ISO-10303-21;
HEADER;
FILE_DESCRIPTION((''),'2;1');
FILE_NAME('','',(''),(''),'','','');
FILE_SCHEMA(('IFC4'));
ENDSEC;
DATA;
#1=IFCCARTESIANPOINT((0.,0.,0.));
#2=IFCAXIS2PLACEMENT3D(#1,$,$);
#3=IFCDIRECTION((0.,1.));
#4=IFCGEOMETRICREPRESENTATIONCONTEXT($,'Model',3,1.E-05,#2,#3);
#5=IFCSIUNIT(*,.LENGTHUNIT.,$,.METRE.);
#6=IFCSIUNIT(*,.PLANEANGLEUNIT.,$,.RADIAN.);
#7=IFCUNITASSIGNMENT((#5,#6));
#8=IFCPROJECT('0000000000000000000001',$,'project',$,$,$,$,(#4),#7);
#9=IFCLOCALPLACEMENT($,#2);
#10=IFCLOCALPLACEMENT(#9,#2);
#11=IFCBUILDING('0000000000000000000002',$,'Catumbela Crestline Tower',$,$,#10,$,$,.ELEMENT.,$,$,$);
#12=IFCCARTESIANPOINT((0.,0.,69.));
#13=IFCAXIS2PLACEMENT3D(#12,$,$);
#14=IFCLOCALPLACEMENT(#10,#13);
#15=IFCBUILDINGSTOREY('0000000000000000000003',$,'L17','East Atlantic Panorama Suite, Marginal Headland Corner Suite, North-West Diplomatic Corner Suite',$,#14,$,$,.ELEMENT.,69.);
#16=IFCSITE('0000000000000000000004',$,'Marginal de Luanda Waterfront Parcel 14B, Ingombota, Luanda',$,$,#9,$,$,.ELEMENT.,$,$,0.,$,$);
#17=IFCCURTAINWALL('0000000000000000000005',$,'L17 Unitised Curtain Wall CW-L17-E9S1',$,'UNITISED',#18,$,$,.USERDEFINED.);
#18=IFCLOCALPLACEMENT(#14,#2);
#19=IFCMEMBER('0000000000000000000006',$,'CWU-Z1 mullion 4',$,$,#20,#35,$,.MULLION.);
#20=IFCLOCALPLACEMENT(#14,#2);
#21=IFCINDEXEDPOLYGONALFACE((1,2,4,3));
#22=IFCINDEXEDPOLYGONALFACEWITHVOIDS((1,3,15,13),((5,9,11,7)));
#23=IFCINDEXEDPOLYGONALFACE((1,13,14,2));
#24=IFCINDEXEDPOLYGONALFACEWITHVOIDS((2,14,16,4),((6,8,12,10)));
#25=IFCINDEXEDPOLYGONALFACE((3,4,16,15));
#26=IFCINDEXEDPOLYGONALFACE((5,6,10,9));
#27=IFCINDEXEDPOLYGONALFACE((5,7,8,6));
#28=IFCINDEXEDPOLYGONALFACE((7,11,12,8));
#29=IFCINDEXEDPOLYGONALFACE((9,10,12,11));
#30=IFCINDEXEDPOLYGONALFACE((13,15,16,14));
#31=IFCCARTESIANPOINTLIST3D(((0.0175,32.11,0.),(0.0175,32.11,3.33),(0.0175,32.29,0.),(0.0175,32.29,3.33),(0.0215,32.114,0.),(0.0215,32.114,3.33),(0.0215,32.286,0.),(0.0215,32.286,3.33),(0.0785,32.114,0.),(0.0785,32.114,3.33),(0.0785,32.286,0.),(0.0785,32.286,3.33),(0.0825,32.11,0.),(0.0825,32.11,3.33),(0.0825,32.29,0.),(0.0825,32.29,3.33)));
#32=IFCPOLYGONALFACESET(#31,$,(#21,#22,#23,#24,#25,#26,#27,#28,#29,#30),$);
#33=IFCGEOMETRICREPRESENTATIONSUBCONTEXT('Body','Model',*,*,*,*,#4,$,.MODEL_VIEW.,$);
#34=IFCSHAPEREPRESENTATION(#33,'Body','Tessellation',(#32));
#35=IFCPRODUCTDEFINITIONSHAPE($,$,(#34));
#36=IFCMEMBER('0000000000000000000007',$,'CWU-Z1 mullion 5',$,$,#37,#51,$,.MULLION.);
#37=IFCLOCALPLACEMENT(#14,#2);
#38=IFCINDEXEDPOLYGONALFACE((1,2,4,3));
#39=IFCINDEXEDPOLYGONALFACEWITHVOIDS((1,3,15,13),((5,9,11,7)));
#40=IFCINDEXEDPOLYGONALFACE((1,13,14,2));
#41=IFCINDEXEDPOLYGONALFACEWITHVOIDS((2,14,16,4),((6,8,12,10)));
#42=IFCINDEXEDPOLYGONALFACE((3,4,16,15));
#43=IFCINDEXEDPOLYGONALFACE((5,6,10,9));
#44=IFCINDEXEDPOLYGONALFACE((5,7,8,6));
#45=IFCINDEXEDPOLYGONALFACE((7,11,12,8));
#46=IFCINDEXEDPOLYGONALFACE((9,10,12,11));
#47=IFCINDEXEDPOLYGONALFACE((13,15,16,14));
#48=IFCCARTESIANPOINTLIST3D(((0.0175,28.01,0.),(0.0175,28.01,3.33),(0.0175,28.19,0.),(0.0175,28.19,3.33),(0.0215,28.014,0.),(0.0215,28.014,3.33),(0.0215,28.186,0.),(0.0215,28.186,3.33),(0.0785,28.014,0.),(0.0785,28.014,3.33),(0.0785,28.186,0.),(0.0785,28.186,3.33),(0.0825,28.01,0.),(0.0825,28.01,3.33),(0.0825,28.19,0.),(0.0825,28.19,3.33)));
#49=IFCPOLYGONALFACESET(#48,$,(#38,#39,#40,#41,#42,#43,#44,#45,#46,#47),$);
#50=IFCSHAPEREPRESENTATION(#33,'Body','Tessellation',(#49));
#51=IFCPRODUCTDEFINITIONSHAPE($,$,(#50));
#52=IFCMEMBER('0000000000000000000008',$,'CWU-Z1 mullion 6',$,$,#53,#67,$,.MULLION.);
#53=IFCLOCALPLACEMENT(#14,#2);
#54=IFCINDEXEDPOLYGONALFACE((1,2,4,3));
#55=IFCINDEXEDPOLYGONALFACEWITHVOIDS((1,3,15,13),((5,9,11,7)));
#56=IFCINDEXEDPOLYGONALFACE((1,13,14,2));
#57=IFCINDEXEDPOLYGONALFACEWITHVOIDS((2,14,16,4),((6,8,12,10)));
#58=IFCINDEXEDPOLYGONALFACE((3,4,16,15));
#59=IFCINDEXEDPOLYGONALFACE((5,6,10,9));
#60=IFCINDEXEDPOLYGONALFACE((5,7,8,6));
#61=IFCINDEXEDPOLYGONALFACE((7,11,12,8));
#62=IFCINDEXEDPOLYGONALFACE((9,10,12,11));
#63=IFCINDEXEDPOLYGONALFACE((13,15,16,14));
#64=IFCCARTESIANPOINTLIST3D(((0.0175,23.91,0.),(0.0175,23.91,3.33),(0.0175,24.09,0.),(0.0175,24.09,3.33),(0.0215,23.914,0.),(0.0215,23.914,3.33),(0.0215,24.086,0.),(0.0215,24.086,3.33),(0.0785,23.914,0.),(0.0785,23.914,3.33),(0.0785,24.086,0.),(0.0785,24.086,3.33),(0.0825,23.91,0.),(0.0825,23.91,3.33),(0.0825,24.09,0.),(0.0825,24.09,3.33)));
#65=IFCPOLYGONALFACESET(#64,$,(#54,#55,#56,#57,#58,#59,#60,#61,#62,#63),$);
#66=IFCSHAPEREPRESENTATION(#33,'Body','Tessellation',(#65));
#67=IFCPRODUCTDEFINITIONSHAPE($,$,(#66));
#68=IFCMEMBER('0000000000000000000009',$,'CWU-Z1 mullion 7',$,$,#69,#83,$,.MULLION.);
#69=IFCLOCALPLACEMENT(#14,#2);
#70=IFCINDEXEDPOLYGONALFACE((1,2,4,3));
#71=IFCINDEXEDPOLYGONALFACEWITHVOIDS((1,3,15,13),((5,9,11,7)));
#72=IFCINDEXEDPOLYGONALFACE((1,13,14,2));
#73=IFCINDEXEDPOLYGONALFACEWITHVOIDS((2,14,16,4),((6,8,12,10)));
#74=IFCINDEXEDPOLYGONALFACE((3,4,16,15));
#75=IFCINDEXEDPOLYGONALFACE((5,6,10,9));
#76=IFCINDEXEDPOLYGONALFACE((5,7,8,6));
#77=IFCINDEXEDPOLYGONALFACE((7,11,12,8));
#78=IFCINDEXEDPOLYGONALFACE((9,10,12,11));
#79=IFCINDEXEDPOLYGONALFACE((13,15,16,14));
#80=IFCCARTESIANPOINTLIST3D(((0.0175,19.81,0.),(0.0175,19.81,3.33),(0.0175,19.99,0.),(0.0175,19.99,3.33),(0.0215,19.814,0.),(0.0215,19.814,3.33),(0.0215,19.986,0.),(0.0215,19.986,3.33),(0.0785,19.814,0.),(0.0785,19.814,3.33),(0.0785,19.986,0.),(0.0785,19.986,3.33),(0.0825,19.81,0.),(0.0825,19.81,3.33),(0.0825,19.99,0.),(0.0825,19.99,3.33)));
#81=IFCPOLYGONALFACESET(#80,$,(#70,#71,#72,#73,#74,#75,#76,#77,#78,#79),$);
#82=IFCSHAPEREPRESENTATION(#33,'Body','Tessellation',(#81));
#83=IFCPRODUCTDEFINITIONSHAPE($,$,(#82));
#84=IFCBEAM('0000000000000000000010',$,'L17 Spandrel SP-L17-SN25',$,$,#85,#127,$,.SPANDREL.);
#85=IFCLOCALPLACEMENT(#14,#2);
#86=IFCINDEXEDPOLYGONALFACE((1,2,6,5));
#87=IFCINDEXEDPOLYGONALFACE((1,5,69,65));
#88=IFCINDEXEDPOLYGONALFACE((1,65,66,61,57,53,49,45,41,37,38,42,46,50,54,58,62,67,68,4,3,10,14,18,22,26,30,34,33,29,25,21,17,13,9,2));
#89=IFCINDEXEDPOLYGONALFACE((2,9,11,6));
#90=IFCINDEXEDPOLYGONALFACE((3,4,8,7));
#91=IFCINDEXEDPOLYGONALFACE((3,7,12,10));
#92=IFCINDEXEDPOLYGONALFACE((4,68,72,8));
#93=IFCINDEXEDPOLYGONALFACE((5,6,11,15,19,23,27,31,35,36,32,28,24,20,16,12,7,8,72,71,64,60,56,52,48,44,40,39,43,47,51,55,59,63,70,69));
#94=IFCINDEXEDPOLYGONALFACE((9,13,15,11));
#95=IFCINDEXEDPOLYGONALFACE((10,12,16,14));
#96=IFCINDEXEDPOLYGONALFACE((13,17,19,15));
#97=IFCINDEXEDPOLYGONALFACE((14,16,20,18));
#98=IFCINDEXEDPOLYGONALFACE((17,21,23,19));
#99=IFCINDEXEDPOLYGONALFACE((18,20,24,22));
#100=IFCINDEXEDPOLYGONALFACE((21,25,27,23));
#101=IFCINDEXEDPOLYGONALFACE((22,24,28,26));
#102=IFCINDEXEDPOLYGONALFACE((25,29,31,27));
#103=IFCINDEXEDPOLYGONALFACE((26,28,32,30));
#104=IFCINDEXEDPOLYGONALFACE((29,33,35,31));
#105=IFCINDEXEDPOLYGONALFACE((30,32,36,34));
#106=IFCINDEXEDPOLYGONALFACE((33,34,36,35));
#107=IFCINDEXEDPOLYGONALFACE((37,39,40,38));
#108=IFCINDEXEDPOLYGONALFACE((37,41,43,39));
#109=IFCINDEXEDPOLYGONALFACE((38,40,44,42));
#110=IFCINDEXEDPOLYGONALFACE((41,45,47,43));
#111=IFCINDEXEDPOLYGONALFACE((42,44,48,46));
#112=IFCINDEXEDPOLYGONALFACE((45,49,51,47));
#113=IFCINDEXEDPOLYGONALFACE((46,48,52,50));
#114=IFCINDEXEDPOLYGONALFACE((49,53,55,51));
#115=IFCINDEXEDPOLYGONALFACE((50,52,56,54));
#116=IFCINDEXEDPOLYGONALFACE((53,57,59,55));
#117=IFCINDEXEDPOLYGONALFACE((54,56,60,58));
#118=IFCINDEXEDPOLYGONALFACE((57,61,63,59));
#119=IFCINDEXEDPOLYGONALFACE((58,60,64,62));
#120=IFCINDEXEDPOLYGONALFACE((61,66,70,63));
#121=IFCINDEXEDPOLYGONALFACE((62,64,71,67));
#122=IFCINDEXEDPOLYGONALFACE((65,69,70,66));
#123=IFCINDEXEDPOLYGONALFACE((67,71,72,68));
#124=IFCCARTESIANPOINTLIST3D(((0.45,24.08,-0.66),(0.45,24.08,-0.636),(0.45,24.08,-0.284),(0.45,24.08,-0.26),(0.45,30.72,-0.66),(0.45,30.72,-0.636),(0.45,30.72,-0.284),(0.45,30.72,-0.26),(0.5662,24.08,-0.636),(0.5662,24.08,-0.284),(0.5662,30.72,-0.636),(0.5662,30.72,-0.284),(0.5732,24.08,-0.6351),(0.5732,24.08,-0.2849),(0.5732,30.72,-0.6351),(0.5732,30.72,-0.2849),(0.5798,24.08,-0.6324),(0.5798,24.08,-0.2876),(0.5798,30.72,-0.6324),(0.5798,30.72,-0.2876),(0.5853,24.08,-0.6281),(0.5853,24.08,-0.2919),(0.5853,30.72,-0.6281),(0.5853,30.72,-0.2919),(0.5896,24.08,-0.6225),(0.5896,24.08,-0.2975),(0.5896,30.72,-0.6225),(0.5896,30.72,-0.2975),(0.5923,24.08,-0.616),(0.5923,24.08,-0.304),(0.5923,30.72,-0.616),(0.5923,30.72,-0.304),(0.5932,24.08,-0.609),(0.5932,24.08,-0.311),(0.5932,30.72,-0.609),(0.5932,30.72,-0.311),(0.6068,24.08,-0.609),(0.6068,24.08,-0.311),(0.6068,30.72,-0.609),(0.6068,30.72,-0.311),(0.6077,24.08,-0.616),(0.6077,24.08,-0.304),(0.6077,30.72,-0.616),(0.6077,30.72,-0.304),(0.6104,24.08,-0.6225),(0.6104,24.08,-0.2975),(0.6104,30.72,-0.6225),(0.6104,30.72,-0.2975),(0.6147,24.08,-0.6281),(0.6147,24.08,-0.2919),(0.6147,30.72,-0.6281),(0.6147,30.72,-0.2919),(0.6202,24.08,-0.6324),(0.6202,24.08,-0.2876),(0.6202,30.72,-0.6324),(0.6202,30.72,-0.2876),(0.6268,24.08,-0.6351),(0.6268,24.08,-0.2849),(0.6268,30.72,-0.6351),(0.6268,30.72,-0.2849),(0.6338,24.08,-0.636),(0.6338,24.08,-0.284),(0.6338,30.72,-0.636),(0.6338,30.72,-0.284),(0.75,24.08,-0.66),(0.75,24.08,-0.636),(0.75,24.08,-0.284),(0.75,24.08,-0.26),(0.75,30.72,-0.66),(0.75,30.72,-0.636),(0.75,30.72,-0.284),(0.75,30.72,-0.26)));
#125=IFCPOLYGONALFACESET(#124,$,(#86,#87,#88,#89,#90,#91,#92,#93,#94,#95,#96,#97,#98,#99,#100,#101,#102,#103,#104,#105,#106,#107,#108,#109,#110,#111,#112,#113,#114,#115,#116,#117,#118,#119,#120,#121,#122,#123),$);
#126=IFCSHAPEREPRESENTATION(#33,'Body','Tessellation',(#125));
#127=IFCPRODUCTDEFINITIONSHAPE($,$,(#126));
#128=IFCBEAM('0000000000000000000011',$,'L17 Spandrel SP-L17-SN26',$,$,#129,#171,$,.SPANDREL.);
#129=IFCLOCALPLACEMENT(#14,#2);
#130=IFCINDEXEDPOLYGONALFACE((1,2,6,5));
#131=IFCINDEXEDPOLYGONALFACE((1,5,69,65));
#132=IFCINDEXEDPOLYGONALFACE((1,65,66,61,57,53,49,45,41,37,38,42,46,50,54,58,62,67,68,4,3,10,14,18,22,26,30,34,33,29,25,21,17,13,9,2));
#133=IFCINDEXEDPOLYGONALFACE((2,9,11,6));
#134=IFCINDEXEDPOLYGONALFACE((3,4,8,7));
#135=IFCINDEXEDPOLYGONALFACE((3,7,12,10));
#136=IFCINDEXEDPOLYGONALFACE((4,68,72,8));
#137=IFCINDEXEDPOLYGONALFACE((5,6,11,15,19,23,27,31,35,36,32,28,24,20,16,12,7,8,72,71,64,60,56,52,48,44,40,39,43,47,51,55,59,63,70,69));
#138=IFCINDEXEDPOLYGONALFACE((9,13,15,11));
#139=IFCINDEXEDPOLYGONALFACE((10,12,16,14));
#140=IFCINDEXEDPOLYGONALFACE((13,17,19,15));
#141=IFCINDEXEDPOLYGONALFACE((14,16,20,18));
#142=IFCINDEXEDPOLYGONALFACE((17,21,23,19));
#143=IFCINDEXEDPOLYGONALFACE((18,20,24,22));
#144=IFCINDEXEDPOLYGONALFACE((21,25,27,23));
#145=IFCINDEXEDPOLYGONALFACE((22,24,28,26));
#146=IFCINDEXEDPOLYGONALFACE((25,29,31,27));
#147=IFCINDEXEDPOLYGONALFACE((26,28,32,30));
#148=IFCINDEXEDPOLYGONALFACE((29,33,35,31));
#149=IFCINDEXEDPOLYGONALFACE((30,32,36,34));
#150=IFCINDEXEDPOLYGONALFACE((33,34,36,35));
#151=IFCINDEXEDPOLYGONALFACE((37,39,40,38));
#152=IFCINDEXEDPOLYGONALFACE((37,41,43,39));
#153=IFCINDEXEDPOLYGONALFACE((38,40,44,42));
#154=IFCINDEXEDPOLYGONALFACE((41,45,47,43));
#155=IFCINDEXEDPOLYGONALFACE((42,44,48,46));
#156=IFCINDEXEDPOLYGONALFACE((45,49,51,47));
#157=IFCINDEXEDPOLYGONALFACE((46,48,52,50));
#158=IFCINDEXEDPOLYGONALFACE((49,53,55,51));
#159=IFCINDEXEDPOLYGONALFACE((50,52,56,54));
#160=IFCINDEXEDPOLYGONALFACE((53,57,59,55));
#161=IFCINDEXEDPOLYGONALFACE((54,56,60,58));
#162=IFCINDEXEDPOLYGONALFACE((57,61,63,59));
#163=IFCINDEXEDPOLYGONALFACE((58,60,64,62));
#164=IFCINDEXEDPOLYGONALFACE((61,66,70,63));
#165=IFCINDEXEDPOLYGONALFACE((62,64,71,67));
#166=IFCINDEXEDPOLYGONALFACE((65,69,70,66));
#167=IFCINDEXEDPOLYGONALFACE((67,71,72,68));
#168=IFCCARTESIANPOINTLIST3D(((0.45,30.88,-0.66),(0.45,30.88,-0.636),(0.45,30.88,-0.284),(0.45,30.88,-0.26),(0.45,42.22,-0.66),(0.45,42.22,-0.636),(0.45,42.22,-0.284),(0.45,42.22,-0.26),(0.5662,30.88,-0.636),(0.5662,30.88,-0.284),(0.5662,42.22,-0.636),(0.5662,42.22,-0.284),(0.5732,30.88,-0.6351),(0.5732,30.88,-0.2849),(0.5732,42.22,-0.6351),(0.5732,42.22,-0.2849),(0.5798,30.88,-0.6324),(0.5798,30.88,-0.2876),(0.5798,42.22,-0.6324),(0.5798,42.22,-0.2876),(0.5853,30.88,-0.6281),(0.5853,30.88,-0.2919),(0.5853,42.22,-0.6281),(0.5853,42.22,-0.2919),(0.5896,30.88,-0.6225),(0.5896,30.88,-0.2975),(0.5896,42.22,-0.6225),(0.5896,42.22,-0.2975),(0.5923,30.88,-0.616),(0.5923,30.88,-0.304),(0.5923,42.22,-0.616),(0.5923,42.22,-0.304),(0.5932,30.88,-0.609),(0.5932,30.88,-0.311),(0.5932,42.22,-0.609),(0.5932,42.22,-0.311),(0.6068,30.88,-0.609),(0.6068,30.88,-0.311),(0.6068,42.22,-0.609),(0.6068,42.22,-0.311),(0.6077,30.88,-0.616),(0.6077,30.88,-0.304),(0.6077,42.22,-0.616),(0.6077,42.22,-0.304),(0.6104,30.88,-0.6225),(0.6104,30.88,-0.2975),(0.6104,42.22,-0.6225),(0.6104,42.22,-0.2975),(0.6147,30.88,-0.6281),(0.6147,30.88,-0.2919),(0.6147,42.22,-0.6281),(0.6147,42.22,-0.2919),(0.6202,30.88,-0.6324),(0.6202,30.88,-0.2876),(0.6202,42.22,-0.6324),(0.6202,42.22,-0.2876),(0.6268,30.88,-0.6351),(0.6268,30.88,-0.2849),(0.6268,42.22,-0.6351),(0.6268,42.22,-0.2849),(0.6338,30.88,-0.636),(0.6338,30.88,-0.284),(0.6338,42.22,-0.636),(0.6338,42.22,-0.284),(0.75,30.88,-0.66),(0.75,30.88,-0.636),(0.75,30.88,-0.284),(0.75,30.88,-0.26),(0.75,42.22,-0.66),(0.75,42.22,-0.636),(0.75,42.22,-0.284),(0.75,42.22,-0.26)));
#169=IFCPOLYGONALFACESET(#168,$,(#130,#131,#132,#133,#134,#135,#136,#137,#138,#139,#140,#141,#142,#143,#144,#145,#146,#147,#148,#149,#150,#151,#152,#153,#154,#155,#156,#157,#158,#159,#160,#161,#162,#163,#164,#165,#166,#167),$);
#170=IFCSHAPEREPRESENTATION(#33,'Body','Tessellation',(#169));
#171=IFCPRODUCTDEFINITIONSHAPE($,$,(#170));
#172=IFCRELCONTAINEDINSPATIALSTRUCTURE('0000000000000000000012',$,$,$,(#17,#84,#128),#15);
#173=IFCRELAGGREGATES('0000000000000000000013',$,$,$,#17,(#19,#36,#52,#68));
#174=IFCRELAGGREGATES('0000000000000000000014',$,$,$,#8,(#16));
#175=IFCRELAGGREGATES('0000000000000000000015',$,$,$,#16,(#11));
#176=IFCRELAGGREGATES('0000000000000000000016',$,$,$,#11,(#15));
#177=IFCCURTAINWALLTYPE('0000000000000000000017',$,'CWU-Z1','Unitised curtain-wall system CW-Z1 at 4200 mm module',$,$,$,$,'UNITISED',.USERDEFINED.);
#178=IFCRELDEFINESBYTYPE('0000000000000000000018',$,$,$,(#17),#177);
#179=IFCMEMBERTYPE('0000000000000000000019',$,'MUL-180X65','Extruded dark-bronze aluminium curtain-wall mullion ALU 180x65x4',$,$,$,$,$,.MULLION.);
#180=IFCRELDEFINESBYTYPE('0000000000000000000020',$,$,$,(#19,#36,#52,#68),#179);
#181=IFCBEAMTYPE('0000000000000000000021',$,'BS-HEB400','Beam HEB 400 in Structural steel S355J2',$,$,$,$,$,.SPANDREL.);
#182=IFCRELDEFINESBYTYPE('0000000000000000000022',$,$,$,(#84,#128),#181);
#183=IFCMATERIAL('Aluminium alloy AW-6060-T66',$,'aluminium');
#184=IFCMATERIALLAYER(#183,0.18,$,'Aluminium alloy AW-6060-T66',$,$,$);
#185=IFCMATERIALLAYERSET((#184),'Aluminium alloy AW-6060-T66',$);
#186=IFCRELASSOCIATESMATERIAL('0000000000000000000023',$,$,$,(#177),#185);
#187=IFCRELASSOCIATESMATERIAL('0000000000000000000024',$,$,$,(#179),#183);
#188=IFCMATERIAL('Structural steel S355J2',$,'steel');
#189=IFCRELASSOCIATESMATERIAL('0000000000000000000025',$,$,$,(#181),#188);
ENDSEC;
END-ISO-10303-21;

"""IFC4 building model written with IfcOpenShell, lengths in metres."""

from ifc_helpers import new_model, si_unit, direction, frame, origin, origin_2d, place, context, subcontext, project, spatial, hollow_rectangle, i_section, extrude, material, layer, layer_set, material_profile, profile_set, type_object, element, aggregate, save


model = new_model("IFC4")

# Units and contexts
model_context = context("Model", 3, precision=1e-05, world=origin(), true_north=direction((0.0, 1.0)))
body_context = subcontext(model_context, "Body", "Model", "MODEL_VIEW")
ifc_project = project(units=[si_unit("LENGTHUNIT", "METRE"), si_unit("PLANEANGLEUNIT", "RADIAN")], contexts=[model_context])

# Site, building, storey
site_placement = place(None, origin())
site = spatial("IfcSite", under=ifc_project, at=site_placement, Name="Marginal de Luanda Waterfront Parcel 14B, Ingombota, Luanda", CompositionType="ELEMENT", RefElevation=0.0)
building_placement = place(site_placement, origin())
building = spatial("IfcBuilding", under=site, at=building_placement, Name="Catumbela Crestline Tower", CompositionType="ELEMENT")
storey_placement = place(building_placement, frame((0.0, 0.0, 69.0)))
storey = spatial("IfcBuildingStorey", under=building, at=storey_placement, Name="L17", Description="East Atlantic Panorama Suite, Marginal Headland Corner Suite, North-West Diplomatic Corner Suite", CompositionType="ELEMENT", Elevation=69.0)

# Shared definitions
ifc_material_1 = material(Name="Structural steel S355J2", Category="steel")

# Curtain wall, members
ifc_material_2 = material(Name="Aluminium alloy AW-6060-T66", Category="aluminium")
ifc_layer_1 = layer(ifc_material_2, 0.18, Name="Aluminium alloy AW-6060-T66")
ifc_layer_set_1 = layer_set([ifc_layer_1], Name="Aluminium alloy AW-6060-T66")
curtain_wall_type = type_object("IfcCurtainWallType", Name="CWU-Z1", Description="Unitised curtain-wall system CW-Z1 at 4200 mm module", ElementType="UNITISED", PredefinedType="USERDEFINED", material=ifc_layer_set_1)
curtain_wall_placement = place(storey_placement, origin())
curtain_wall = element("IfcCurtainWall", 1, at=curtain_wall_placement, inside=storey, type_object=curtain_wall_type, Name="L17 Unitised Curtain Wall CW-L17-E9S1", ObjectType="UNITISED", PredefinedType="USERDEFINED")
ifc_material_profile_1 = material_profile(ifc_material_2, hollow_rectangle(XDim=0.065, YDim=0.18, WallThickness=0.004, at=origin_2d()), Name="ALU 180x65x4")
ifc_profile_set_1 = profile_set([ifc_material_profile_1], Name="Aluminium alloy AW-6060-T66")
member_type_1 = type_object("IfcMemberType", Name="MUL-180X65", Description="Extruded dark-bronze aluminium curtain-wall mullion ALU 180x65x4", PredefinedType="MULLION", material=ifc_profile_set_1)
member_1_placement = place(storey_placement, frame((0.05, 32.2, 0.0), z_axis=(0.0, 0.0, 1.0), x_axis=(1.0, 0.0, 0.0)))
member_1 = element("IfcMember", 2, at=member_1_placement, type_object=member_type_1, Name="CWU-Z1 mullion 4", PredefinedType="MULLION", context=body_context, shape_type="SweptSolid", body=[
    extrude(hollow_rectangle(XDim=0.065, YDim=0.18, WallThickness=0.004, at=origin_2d()), origin(), (0.0, 0.0, 1.0), 3.33),
])
member_2_placement = place(storey_placement, frame((0.05, 28.1, 0.0), z_axis=(0.0, 0.0, 1.0), x_axis=(1.0, 0.0, 0.0)))
member_2 = element("IfcMember", 3, at=member_2_placement, type_object=member_type_1, Name="CWU-Z1 mullion 5", PredefinedType="MULLION", context=body_context, shape_type="SweptSolid", body=[
    extrude(hollow_rectangle(XDim=0.065, YDim=0.18, WallThickness=0.004, at=origin_2d()), origin(), (0.0, 0.0, 1.0), 3.33),
])
member_3_placement = place(storey_placement, frame((0.05, 24.0, 0.0), z_axis=(0.0, 0.0, 1.0), x_axis=(1.0, 0.0, 0.0)))
member_3 = element("IfcMember", 4, at=member_3_placement, type_object=member_type_1, Name="CWU-Z1 mullion 6", PredefinedType="MULLION", context=body_context, shape_type="SweptSolid", body=[
    extrude(hollow_rectangle(XDim=0.065, YDim=0.18, WallThickness=0.004, at=origin_2d()), origin(), (0.0, 0.0, 1.0), 3.33),
])
member_4_placement = place(storey_placement, frame((0.05, 19.9, 0.0), z_axis=(0.0, 0.0, 1.0), x_axis=(1.0, 0.0, 0.0)))
member_4 = element("IfcMember", 5, at=member_4_placement, type_object=member_type_1, Name="CWU-Z1 mullion 7", PredefinedType="MULLION", context=body_context, shape_type="SweptSolid", body=[
    extrude(hollow_rectangle(XDim=0.065, YDim=0.18, WallThickness=0.004, at=origin_2d()), origin(), (0.0, 0.0, 1.0), 3.33),
])

# Beams
ifc_material_profile_2 = material_profile(ifc_material_1, i_section(OverallWidth=0.3, OverallDepth=0.4, WebThickness=0.0135, FlangeThickness=0.024, FilletRadius=0.027, at=origin_2d()), Name="HEB 400")
ifc_profile_set_2 = profile_set([ifc_material_profile_2], Name="Structural steel S355J2")
beam_type_1 = type_object("IfcBeamType", Name="BS-HEB400", Description="Beam HEB 400 in Structural steel S355J2", PredefinedType="SPANDREL", material=ifc_profile_set_2)
beam_1_placement = place(storey_placement, frame((0.6, 24.08, -0.46), z_axis=(0.0, 1.0, 0.0), x_axis=(-1.0, 0.0, 0.0)))
element("IfcBeam", 6, at=beam_1_placement, inside=storey, type_object=beam_type_1, Name="L17 Spandrel SP-L17-SN25", PredefinedType="SPANDREL", context=body_context, shape_type="SweptSolid", body=[
    extrude(i_section(OverallWidth=0.3, OverallDepth=0.4, WebThickness=0.0135, FlangeThickness=0.024, FilletRadius=0.027, at=origin_2d()), origin(), (0.0, 0.0, 1.0), 6.64),
])
beam_2_placement = place(storey_placement, frame((0.6, 30.88, -0.46), z_axis=(0.0, 1.0, 0.0), x_axis=(-1.0, 0.0, 0.0)))
element("IfcBeam", 7, at=beam_2_placement, inside=storey, type_object=beam_type_1, Name="L17 Spandrel SP-L17-SN26", PredefinedType="SPANDREL", context=body_context, shape_type="SweptSolid", body=[
    extrude(i_section(OverallWidth=0.3, OverallDepth=0.4, WebThickness=0.0135, FlangeThickness=0.024, FilletRadius=0.027, at=origin_2d()), origin(), (0.0, 0.0, 1.0), 11.34),
])

aggregate(curtain_wall, [member_1, member_2, member_3, member_4])

save(model, "model.ifc")
